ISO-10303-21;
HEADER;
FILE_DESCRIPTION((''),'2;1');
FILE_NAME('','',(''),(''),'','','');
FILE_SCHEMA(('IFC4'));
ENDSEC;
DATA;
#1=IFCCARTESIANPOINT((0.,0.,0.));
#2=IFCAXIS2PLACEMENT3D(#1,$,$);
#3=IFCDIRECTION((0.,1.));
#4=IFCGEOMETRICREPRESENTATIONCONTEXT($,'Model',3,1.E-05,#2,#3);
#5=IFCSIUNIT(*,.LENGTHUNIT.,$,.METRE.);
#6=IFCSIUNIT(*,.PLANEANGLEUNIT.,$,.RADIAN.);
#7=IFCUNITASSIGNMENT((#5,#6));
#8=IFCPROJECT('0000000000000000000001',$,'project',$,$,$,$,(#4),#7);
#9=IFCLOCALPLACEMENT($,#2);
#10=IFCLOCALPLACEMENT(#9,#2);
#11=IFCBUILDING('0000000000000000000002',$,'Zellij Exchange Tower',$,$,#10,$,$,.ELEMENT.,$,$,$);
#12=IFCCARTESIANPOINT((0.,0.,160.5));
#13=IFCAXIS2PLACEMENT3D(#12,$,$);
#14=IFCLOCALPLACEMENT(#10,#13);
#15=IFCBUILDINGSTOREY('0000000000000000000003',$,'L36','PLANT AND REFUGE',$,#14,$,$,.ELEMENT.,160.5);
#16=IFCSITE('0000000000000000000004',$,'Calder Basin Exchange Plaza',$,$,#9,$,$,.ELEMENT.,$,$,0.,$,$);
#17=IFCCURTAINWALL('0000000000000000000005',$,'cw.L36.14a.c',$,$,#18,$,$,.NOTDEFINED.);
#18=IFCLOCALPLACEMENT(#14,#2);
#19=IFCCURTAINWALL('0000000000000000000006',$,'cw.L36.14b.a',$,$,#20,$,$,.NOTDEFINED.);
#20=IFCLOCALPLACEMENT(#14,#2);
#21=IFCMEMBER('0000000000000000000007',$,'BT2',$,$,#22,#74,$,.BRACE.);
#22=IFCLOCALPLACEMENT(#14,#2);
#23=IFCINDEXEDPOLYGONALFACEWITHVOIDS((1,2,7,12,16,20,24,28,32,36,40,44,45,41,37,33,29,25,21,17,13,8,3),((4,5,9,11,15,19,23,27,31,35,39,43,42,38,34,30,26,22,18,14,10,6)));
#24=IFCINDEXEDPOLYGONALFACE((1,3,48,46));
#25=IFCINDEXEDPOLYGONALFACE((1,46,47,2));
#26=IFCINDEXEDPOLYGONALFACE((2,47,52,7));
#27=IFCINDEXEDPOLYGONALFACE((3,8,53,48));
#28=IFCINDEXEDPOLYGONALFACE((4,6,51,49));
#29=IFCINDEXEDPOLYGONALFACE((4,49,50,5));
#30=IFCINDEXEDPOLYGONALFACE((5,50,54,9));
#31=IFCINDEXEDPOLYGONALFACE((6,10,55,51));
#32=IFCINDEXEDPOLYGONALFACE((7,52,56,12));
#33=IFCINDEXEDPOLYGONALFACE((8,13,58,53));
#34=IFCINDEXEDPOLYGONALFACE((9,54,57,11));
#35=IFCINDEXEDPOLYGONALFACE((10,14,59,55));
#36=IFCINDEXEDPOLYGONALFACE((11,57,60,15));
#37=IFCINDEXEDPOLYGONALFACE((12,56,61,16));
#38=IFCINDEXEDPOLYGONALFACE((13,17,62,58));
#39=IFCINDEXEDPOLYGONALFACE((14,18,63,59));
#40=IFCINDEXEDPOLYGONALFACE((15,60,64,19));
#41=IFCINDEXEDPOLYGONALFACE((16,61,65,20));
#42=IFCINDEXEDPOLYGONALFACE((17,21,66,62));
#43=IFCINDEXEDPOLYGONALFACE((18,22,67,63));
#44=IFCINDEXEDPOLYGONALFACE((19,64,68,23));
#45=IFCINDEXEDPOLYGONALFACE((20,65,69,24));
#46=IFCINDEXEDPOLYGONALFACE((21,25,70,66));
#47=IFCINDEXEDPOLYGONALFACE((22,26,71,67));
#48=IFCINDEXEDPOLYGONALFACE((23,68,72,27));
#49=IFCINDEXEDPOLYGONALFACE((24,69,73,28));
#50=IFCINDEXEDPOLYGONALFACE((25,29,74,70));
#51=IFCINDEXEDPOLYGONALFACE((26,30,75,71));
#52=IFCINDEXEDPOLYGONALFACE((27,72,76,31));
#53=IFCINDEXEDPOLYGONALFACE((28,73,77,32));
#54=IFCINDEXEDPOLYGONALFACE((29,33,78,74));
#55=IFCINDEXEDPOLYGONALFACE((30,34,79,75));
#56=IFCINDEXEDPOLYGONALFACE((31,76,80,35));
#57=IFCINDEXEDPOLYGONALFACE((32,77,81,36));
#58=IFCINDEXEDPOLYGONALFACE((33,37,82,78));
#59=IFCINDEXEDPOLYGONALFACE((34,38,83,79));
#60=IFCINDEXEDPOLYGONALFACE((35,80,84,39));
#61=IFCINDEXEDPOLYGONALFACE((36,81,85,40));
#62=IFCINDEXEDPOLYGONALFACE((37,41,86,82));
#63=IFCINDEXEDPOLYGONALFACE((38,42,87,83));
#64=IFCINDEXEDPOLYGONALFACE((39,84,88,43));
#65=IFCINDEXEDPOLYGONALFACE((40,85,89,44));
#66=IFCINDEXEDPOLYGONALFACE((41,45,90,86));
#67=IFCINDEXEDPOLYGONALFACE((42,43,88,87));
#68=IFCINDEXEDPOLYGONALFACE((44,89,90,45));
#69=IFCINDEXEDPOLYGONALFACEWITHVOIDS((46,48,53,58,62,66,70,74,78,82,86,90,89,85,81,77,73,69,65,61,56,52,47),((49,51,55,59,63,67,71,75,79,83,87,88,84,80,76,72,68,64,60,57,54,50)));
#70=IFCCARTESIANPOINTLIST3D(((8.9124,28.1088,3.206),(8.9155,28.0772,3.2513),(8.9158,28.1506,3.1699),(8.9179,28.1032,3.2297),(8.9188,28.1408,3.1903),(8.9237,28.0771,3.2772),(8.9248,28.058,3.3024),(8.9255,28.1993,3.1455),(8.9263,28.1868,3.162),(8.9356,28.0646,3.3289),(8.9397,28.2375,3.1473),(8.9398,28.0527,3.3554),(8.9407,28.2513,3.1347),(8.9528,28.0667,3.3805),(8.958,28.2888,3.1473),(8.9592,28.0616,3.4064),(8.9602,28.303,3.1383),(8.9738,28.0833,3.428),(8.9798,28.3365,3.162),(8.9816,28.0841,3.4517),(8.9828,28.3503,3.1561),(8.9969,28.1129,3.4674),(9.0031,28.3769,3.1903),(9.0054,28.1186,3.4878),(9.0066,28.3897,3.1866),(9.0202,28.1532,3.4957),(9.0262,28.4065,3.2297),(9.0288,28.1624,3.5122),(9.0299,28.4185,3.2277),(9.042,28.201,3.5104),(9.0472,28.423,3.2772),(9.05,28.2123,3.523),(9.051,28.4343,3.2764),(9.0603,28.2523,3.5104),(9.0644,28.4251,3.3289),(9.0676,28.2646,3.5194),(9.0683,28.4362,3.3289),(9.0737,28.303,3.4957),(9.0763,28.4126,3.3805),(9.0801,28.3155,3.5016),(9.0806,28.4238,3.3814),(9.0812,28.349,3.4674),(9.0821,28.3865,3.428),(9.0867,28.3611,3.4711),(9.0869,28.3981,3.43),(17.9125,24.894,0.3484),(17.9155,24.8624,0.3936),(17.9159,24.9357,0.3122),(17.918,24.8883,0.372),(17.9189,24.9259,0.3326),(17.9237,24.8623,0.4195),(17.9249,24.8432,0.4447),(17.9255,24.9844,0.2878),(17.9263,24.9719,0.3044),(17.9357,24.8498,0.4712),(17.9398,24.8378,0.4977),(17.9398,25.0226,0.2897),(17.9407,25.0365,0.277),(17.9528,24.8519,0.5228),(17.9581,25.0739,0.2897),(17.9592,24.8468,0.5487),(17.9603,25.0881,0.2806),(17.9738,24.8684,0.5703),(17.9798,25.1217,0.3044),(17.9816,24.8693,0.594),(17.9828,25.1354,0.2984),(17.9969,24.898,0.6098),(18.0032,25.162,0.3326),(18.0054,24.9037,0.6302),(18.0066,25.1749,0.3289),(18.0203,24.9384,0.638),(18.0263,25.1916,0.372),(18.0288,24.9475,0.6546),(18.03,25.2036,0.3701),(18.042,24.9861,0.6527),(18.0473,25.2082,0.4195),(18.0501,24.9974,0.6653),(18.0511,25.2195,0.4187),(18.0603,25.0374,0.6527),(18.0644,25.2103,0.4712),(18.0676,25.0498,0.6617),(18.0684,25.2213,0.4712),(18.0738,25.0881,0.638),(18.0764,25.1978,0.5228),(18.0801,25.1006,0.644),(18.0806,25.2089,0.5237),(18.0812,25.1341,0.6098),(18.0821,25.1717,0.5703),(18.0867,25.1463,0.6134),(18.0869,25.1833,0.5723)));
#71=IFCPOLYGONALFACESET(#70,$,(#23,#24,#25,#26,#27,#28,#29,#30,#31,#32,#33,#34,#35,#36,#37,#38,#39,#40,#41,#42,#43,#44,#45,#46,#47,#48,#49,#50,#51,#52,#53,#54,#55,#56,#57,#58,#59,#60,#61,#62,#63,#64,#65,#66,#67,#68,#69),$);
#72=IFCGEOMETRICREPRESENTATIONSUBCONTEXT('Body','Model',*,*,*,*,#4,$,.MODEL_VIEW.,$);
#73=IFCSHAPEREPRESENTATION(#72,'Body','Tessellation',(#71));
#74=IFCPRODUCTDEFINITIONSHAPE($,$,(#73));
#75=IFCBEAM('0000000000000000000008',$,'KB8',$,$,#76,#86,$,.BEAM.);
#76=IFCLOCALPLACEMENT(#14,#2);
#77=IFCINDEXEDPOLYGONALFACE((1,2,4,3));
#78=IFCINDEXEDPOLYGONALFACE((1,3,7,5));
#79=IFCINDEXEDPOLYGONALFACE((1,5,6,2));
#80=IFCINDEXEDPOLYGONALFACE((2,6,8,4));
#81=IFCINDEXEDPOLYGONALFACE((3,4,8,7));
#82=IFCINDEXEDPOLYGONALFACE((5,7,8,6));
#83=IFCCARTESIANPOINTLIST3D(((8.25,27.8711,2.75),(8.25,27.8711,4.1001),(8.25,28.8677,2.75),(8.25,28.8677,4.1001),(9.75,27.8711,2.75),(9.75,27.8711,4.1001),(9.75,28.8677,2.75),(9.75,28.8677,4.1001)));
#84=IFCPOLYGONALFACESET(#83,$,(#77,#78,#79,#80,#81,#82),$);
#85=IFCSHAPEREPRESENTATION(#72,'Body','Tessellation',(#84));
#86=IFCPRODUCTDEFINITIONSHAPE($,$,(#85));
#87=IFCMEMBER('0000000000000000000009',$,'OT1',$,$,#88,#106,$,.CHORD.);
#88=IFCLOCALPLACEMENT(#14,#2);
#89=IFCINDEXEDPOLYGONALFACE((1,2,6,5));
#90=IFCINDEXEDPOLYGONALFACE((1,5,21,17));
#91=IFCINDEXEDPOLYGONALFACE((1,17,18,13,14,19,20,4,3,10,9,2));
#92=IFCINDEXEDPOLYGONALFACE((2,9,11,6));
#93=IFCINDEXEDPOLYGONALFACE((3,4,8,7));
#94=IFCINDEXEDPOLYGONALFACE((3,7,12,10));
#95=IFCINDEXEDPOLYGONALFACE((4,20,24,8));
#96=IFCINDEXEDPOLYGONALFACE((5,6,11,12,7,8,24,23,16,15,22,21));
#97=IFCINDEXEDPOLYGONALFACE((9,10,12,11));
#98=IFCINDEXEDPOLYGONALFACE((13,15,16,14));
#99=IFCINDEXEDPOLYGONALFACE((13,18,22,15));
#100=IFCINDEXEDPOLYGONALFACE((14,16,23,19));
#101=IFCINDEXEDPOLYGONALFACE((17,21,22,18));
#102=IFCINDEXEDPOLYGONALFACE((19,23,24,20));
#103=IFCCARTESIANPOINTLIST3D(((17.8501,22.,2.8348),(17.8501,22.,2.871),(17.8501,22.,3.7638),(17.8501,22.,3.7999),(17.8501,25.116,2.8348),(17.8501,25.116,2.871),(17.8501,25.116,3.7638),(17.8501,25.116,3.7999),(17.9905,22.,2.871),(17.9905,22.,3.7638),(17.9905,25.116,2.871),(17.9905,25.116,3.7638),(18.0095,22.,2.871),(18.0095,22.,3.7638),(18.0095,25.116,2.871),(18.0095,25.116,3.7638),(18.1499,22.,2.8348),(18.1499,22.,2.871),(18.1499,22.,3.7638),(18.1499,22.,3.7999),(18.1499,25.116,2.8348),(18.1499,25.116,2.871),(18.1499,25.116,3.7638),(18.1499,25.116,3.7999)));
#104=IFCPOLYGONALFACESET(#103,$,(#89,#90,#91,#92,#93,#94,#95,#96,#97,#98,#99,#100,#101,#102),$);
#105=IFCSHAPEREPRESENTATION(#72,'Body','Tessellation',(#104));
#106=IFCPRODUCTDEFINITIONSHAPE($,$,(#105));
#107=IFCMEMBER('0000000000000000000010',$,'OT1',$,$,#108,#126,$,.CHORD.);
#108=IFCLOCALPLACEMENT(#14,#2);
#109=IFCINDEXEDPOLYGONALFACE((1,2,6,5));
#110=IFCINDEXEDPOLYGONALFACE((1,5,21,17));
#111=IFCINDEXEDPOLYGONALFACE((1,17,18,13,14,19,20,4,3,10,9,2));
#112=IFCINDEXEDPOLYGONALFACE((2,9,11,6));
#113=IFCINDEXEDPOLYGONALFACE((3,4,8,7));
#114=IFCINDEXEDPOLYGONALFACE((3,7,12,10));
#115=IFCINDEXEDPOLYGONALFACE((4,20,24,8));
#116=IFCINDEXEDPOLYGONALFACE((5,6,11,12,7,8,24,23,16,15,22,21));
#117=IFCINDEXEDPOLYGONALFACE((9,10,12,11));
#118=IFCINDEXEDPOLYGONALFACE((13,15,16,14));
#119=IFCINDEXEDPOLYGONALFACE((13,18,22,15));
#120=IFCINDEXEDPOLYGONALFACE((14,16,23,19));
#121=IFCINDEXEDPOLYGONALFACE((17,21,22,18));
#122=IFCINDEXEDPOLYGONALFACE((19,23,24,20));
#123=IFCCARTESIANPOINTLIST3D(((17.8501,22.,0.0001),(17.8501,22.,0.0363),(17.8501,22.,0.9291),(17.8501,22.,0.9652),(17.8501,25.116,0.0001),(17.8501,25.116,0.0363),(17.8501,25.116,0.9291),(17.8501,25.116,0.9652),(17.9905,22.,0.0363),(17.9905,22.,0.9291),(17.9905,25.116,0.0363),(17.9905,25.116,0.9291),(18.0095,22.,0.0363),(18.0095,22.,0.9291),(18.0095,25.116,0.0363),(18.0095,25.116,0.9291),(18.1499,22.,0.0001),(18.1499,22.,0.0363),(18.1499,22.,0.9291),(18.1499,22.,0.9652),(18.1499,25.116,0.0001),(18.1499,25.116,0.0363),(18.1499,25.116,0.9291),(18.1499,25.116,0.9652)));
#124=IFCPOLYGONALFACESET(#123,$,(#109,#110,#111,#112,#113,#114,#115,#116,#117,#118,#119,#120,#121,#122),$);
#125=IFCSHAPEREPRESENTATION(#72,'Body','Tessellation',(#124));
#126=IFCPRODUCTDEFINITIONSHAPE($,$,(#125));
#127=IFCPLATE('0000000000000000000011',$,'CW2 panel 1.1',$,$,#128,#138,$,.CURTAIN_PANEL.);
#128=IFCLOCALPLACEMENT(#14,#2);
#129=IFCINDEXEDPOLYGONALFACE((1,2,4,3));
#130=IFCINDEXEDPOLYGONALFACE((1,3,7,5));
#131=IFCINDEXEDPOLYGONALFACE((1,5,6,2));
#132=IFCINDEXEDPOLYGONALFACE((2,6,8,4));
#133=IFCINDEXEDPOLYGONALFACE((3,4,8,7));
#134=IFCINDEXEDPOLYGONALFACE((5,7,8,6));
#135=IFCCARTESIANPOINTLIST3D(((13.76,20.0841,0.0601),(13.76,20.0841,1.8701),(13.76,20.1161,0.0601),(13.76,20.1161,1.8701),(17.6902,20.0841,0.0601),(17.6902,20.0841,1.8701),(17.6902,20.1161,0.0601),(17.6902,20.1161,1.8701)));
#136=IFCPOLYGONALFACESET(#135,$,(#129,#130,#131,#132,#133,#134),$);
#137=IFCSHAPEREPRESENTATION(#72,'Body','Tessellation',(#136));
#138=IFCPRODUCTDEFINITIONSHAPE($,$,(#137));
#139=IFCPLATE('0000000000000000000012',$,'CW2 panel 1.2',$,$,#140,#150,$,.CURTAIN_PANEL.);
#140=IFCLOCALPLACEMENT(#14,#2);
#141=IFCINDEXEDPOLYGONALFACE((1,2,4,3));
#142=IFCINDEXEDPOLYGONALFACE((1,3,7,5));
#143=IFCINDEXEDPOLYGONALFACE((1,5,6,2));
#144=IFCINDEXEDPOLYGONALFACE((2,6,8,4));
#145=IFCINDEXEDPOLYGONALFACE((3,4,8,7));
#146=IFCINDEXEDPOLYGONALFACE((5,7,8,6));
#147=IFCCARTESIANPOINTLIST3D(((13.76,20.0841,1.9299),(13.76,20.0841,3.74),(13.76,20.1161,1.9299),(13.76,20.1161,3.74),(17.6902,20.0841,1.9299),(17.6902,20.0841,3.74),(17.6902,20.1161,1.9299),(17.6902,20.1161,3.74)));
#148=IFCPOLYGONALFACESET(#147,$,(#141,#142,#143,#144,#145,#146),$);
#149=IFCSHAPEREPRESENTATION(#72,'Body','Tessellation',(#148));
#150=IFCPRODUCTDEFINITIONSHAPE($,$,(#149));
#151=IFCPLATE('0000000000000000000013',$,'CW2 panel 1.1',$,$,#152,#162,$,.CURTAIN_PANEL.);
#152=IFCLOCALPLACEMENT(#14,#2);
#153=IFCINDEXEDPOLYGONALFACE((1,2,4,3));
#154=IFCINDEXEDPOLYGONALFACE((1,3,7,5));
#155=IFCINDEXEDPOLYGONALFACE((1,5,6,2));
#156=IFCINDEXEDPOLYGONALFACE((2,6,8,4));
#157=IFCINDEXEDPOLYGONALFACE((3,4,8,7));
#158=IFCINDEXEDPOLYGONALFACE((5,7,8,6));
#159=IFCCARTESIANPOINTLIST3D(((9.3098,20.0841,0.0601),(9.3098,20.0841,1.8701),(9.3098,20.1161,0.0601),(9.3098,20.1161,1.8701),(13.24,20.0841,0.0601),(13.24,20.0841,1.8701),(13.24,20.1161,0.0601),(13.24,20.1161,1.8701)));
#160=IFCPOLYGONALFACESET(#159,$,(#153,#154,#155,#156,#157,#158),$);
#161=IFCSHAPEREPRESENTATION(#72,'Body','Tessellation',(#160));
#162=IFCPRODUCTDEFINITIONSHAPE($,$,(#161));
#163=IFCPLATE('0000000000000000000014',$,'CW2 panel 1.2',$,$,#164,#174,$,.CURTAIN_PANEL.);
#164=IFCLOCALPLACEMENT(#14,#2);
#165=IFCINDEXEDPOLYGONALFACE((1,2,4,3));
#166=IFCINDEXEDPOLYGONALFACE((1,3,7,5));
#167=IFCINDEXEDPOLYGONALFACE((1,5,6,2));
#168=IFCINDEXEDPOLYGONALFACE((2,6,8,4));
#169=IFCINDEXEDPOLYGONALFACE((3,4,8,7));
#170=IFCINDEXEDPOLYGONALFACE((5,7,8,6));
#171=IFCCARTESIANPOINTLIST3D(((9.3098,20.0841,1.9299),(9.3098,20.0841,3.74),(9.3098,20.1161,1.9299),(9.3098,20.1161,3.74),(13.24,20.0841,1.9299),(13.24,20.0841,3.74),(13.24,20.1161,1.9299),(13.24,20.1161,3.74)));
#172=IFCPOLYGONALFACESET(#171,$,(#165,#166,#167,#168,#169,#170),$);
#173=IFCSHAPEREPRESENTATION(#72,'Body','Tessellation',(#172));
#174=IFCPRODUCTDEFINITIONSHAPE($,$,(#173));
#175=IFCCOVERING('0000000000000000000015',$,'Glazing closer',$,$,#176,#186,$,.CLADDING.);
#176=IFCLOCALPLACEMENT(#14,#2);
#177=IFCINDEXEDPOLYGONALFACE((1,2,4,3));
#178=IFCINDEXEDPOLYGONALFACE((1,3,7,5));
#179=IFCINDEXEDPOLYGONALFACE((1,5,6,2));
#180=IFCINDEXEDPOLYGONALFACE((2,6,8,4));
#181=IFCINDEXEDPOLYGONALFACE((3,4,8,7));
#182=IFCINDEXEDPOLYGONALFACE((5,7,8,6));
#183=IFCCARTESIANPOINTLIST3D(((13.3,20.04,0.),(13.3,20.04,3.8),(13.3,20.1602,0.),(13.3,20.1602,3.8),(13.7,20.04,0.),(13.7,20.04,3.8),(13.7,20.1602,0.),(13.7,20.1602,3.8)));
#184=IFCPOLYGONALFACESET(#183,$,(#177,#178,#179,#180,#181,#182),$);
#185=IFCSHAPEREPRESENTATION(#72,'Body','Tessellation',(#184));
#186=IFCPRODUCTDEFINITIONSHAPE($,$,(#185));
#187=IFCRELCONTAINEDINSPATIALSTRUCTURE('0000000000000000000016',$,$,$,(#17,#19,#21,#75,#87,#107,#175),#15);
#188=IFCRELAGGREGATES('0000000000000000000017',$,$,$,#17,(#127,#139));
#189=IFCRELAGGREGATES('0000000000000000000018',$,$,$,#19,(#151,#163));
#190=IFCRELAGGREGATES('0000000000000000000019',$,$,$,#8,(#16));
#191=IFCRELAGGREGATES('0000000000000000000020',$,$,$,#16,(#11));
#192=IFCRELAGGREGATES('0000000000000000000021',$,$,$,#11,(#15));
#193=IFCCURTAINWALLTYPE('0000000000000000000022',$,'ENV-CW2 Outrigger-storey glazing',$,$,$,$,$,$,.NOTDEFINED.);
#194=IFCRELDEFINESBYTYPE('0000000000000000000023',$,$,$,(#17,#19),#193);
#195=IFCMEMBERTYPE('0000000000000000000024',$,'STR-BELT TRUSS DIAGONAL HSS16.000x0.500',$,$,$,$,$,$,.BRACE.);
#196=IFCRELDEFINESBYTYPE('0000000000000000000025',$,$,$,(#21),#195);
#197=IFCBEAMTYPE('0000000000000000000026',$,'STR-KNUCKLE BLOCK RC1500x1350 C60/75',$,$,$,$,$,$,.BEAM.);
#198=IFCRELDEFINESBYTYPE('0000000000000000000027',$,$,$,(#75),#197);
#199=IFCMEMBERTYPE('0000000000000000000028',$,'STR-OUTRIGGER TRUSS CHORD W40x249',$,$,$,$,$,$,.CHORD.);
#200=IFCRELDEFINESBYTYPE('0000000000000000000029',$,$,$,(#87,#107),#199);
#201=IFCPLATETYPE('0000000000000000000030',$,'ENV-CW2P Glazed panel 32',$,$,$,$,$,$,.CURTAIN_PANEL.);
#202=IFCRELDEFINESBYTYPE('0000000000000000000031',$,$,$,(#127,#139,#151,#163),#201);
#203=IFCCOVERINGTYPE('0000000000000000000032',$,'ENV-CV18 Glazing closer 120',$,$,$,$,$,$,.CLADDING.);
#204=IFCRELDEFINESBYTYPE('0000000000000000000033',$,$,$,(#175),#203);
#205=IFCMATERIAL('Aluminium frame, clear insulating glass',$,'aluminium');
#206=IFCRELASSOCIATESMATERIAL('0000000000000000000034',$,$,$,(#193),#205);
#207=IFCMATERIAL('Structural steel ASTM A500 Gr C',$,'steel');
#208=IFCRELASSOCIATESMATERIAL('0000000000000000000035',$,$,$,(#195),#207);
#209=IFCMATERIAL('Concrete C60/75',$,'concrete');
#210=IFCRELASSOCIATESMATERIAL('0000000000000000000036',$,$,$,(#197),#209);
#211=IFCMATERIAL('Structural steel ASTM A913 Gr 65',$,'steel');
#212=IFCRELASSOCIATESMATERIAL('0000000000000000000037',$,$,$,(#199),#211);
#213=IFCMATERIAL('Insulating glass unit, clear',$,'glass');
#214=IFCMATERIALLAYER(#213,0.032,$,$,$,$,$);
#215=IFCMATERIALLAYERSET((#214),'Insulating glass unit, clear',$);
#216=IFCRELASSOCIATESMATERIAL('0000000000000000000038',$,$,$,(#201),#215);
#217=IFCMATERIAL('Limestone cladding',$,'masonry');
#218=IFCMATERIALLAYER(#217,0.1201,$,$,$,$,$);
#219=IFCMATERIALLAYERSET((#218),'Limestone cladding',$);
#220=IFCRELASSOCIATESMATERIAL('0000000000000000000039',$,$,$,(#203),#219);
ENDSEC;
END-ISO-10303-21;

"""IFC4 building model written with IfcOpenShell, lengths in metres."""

from ifc_helpers import new_model, si_unit, direction, frame, origin, origin_2d, place, context, subcontext, project, spatial, rectangle, hollow_circle, i_section, extrude, material, layer, layer_set, material_profile, profile_set, type_object, element, aggregate, save


model = new_model("IFC4")

# Units and contexts
model_context = context("Model", 3, precision=1e-05, world=origin(), true_north=direction((0.0, 1.0)))
body_context = subcontext(model_context, "Body", "Model", "MODEL_VIEW")
ifc_project = project(units=[si_unit("LENGTHUNIT", "METRE"), si_unit("PLANEANGLEUNIT", "RADIAN")], contexts=[model_context])

# Site, building, storey
site_placement = place(None, origin())
site = spatial("IfcSite", under=ifc_project, at=site_placement, Name="Calder Basin Exchange Plaza", CompositionType="ELEMENT", RefElevation=0.0)
building_placement = place(site_placement, origin())
building = spatial("IfcBuilding", under=site, at=building_placement, Name="Zellij Exchange Tower", CompositionType="ELEMENT")
storey_placement = place(building_placement, frame((0.0, 0.0, 160.5)))
storey = spatial("IfcBuildingStorey", under=building, at=storey_placement, Name="L36", Description="PLANT AND REFUGE", CompositionType="ELEMENT", Elevation=160.5)

# Curtain walls
ifc_material_1 = material(Name="Aluminium frame, clear insulating glass", Category="aluminium")
curtain_wall_type = type_object("IfcCurtainWallType", Name="ENV-CW2 Outrigger-storey glazing", PredefinedType="NOTDEFINED", material=ifc_material_1)
curtain_wall_1_placement = place(storey_placement, origin())
curtain_wall_1 = element("IfcCurtainWall", 1, at=curtain_wall_1_placement, inside=storey, type_object=curtain_wall_type, Name="cw.L36.14a.c", PredefinedType="NOTDEFINED")
curtain_wall_2_placement = place(storey_placement, origin())
curtain_wall_2 = element("IfcCurtainWall", 2, at=curtain_wall_2_placement, inside=storey, type_object=curtain_wall_type, Name="cw.L36.14b.a", PredefinedType="NOTDEFINED")

# Member
ifc_material_2 = material(Name="Structural steel ASTM A500 Gr C", Category="steel")
ifc_material_profile_1 = material_profile(ifc_material_2, hollow_circle(Radius=0.2031, WallThickness=0.0117, at=origin_2d()), Name="STR-BELT TRUSS DIAGONAL HSS16.000x0.500")
ifc_profile_set_1 = profile_set([ifc_material_profile_1], Name="Structural steel ASTM A500 Gr C")
member_type_1 = type_object("IfcMemberType", Name="STR-BELT TRUSS DIAGONAL HSS16.000x0.500", PredefinedType="BRACE", material=ifc_profile_set_1)
member_1_placement = place(storey_placement, frame((9.0, 28.2449, 3.3289), z_axis=(0.902252, -0.322289, -0.286482), x_axis=(0.336388, 0.941723, 0.0)))
element("IfcMember", 3, at=member_1_placement, inside=storey, type_object=member_type_1, Name="BT2", PredefinedType="BRACE", context=body_context, shape_type="SweptSolid", body=[
    extrude(hollow_circle(Radius=0.2031, WallThickness=0.0117, at=origin_2d()), origin(), (0.0, 0.0, 1.0), 9.9751),
])

# Beam
ifc_material_3 = material(Name="Concrete C60/75", Category="concrete")
ifc_material_profile_2 = material_profile(ifc_material_3, rectangle(XDim=1.5, YDim=1.3501, at=origin_2d()), Name="STR-KNUCKLE BLOCK RC1500x1350 C60/75")
ifc_profile_set_2 = profile_set([ifc_material_profile_2], Name="Concrete C60/75")
beam_type = type_object("IfcBeamType", Name="STR-KNUCKLE BLOCK RC1500x1350 C60/75", PredefinedType="BEAM", material=ifc_profile_set_2)
beam_placement = place(storey_placement, frame((9.0, 27.8711, 3.425), z_axis=(0.0, 1.0, 0.0), x_axis=(-1.0, 0.0, 0.0)))
element("IfcBeam", 4, at=beam_placement, inside=storey, type_object=beam_type, Name="KB8", PredefinedType="BEAM", context=body_context, shape_type="SweptSolid", body=[
    extrude(rectangle(XDim=1.5, YDim=1.3501, at=origin_2d()), origin(), (0.0, 0.0, 1.0), 0.9966),
])

# Members
ifc_material_4 = material(Name="Structural steel ASTM A913 Gr 65", Category="steel")
ifc_material_profile_3 = material_profile(ifc_material_4, i_section(OverallWidth=0.2998, OverallDepth=0.9651, WebThickness=0.019, FlangeThickness=0.0361, at=origin_2d()), Name="W40x249")
ifc_profile_set_3 = profile_set([ifc_material_profile_3], Name="Structural steel ASTM A913 Gr 65")
member_type_2 = type_object("IfcMemberType", Name="STR-OUTRIGGER TRUSS CHORD W40x249", PredefinedType="CHORD", material=ifc_profile_set_3)
for number, where, z_axis, x_axis, name in (
    (5, (18.0, 22.0, 3.3174), (0.0, 1.0, 0.0), (-1.0, 0.0, 0.0), "OT1"),
    (6, (18.0, 22.0, 0.4827), (0.0, 1.0, 0.0), (-1.0, 0.0, 0.0), "OT1"),
):
    element("IfcMember", number, at=place(storey_placement, frame(where, z_axis=z_axis, x_axis=x_axis)), inside=storey, type_object=member_type_2, Name=name, PredefinedType="CHORD", context=body_context, shape_type="SweptSolid", body=[
        extrude(i_section(OverallWidth=0.2998, OverallDepth=0.9651, WebThickness=0.019, FlangeThickness=0.0361, at=origin_2d()), origin(), (0.0, 0.0, 1.0), 3.116),
    ])

# Plates
ifc_material_5 = material(Name="Insulating glass unit, clear", Category="glass")
ifc_layer_1 = layer(ifc_material_5, 0.032)
ifc_layer_set_1 = layer_set([ifc_layer_1], Name="Insulating glass unit, clear")
plate_type = type_object("IfcPlateType", Name="ENV-CW2P Glazed panel 32", PredefinedType="CURTAIN_PANEL", material=ifc_layer_set_1)
plate_1_placement = place(storey_placement, frame((15.7251, 20.1001, 0.0601), z_axis=(0.0, 0.0, 1.0), x_axis=(-1.0, 0.0, 0.0)))
plate_1 = element("IfcPlate", 7, at=plate_1_placement, type_object=plate_type, Name="CW2 panel 1.1", PredefinedType="CURTAIN_PANEL", context=body_context, shape_type="SweptSolid", body=[
    extrude(rectangle(XDim=3.9302, YDim=0.032, at=origin_2d()), origin(), (0.0, 0.0, 1.0), 1.8101),
])
plate_2_placement = place(storey_placement, frame((15.7251, 20.1001, 1.9299), z_axis=(0.0, 0.0, 1.0), x_axis=(-1.0, 0.0, 0.0)))
plate_2 = element("IfcPlate", 8, at=plate_2_placement, type_object=plate_type, Name="CW2 panel 1.2", PredefinedType="CURTAIN_PANEL", context=body_context, shape_type="SweptSolid", body=[
    extrude(rectangle(XDim=3.9302, YDim=0.032, at=origin_2d()), origin(), (0.0, 0.0, 1.0), 1.8101),
])
aggregate(curtain_wall_1, [plate_1, plate_2])
plate_3_placement = place(storey_placement, frame((11.2749, 20.1001, 0.0601), z_axis=(0.0, 0.0, 1.0), x_axis=(-1.0, 0.0, 0.0)))
plate_3 = element("IfcPlate", 9, at=plate_3_placement, type_object=plate_type, Name="CW2 panel 1.1", PredefinedType="CURTAIN_PANEL", context=body_context, shape_type="SweptSolid", body=[
    extrude(rectangle(XDim=3.9302, YDim=0.032, at=origin_2d()), origin(), (0.0, 0.0, 1.0), 1.8101),
])
plate_4_placement = place(storey_placement, frame((11.2749, 20.1001, 1.9299), z_axis=(0.0, 0.0, 1.0), x_axis=(-1.0, 0.0, 0.0)))
plate_4 = element("IfcPlate", 10, at=plate_4_placement, type_object=plate_type, Name="CW2 panel 1.2", PredefinedType="CURTAIN_PANEL", context=body_context, shape_type="SweptSolid", body=[
    extrude(rectangle(XDim=3.9302, YDim=0.032, at=origin_2d()), origin(), (0.0, 0.0, 1.0), 1.8101),
])
aggregate(curtain_wall_2, [plate_3, plate_4])

# Covering
ifc_material_6 = material(Name="Limestone cladding", Category="masonry")
ifc_layer_2 = layer(ifc_material_6, 0.1201)
ifc_layer_set_2 = layer_set([ifc_layer_2], Name="Limestone cladding")
covering_type = type_object("IfcCoveringType", Name="ENV-CV18 Glazing closer 120", PredefinedType="CLADDING", material=ifc_layer_set_2)
covering_1_placement = place(storey_placement, frame((13.5, 20.1001, 0.0), z_axis=(0.0, 0.0, 1.0), x_axis=(-1.0, 0.0, 0.0)))
element("IfcCovering", 11, at=covering_1_placement, inside=storey, type_object=covering_type, Name="Glazing closer", PredefinedType="CLADDING", context=body_context, shape_type="SweptSolid", body=[
    extrude(rectangle(XDim=0.3999, YDim=0.1201, at=origin_2d()), origin(), (0.0, 0.0, 1.0), 3.8),
])

save(model, "model.ifc")
